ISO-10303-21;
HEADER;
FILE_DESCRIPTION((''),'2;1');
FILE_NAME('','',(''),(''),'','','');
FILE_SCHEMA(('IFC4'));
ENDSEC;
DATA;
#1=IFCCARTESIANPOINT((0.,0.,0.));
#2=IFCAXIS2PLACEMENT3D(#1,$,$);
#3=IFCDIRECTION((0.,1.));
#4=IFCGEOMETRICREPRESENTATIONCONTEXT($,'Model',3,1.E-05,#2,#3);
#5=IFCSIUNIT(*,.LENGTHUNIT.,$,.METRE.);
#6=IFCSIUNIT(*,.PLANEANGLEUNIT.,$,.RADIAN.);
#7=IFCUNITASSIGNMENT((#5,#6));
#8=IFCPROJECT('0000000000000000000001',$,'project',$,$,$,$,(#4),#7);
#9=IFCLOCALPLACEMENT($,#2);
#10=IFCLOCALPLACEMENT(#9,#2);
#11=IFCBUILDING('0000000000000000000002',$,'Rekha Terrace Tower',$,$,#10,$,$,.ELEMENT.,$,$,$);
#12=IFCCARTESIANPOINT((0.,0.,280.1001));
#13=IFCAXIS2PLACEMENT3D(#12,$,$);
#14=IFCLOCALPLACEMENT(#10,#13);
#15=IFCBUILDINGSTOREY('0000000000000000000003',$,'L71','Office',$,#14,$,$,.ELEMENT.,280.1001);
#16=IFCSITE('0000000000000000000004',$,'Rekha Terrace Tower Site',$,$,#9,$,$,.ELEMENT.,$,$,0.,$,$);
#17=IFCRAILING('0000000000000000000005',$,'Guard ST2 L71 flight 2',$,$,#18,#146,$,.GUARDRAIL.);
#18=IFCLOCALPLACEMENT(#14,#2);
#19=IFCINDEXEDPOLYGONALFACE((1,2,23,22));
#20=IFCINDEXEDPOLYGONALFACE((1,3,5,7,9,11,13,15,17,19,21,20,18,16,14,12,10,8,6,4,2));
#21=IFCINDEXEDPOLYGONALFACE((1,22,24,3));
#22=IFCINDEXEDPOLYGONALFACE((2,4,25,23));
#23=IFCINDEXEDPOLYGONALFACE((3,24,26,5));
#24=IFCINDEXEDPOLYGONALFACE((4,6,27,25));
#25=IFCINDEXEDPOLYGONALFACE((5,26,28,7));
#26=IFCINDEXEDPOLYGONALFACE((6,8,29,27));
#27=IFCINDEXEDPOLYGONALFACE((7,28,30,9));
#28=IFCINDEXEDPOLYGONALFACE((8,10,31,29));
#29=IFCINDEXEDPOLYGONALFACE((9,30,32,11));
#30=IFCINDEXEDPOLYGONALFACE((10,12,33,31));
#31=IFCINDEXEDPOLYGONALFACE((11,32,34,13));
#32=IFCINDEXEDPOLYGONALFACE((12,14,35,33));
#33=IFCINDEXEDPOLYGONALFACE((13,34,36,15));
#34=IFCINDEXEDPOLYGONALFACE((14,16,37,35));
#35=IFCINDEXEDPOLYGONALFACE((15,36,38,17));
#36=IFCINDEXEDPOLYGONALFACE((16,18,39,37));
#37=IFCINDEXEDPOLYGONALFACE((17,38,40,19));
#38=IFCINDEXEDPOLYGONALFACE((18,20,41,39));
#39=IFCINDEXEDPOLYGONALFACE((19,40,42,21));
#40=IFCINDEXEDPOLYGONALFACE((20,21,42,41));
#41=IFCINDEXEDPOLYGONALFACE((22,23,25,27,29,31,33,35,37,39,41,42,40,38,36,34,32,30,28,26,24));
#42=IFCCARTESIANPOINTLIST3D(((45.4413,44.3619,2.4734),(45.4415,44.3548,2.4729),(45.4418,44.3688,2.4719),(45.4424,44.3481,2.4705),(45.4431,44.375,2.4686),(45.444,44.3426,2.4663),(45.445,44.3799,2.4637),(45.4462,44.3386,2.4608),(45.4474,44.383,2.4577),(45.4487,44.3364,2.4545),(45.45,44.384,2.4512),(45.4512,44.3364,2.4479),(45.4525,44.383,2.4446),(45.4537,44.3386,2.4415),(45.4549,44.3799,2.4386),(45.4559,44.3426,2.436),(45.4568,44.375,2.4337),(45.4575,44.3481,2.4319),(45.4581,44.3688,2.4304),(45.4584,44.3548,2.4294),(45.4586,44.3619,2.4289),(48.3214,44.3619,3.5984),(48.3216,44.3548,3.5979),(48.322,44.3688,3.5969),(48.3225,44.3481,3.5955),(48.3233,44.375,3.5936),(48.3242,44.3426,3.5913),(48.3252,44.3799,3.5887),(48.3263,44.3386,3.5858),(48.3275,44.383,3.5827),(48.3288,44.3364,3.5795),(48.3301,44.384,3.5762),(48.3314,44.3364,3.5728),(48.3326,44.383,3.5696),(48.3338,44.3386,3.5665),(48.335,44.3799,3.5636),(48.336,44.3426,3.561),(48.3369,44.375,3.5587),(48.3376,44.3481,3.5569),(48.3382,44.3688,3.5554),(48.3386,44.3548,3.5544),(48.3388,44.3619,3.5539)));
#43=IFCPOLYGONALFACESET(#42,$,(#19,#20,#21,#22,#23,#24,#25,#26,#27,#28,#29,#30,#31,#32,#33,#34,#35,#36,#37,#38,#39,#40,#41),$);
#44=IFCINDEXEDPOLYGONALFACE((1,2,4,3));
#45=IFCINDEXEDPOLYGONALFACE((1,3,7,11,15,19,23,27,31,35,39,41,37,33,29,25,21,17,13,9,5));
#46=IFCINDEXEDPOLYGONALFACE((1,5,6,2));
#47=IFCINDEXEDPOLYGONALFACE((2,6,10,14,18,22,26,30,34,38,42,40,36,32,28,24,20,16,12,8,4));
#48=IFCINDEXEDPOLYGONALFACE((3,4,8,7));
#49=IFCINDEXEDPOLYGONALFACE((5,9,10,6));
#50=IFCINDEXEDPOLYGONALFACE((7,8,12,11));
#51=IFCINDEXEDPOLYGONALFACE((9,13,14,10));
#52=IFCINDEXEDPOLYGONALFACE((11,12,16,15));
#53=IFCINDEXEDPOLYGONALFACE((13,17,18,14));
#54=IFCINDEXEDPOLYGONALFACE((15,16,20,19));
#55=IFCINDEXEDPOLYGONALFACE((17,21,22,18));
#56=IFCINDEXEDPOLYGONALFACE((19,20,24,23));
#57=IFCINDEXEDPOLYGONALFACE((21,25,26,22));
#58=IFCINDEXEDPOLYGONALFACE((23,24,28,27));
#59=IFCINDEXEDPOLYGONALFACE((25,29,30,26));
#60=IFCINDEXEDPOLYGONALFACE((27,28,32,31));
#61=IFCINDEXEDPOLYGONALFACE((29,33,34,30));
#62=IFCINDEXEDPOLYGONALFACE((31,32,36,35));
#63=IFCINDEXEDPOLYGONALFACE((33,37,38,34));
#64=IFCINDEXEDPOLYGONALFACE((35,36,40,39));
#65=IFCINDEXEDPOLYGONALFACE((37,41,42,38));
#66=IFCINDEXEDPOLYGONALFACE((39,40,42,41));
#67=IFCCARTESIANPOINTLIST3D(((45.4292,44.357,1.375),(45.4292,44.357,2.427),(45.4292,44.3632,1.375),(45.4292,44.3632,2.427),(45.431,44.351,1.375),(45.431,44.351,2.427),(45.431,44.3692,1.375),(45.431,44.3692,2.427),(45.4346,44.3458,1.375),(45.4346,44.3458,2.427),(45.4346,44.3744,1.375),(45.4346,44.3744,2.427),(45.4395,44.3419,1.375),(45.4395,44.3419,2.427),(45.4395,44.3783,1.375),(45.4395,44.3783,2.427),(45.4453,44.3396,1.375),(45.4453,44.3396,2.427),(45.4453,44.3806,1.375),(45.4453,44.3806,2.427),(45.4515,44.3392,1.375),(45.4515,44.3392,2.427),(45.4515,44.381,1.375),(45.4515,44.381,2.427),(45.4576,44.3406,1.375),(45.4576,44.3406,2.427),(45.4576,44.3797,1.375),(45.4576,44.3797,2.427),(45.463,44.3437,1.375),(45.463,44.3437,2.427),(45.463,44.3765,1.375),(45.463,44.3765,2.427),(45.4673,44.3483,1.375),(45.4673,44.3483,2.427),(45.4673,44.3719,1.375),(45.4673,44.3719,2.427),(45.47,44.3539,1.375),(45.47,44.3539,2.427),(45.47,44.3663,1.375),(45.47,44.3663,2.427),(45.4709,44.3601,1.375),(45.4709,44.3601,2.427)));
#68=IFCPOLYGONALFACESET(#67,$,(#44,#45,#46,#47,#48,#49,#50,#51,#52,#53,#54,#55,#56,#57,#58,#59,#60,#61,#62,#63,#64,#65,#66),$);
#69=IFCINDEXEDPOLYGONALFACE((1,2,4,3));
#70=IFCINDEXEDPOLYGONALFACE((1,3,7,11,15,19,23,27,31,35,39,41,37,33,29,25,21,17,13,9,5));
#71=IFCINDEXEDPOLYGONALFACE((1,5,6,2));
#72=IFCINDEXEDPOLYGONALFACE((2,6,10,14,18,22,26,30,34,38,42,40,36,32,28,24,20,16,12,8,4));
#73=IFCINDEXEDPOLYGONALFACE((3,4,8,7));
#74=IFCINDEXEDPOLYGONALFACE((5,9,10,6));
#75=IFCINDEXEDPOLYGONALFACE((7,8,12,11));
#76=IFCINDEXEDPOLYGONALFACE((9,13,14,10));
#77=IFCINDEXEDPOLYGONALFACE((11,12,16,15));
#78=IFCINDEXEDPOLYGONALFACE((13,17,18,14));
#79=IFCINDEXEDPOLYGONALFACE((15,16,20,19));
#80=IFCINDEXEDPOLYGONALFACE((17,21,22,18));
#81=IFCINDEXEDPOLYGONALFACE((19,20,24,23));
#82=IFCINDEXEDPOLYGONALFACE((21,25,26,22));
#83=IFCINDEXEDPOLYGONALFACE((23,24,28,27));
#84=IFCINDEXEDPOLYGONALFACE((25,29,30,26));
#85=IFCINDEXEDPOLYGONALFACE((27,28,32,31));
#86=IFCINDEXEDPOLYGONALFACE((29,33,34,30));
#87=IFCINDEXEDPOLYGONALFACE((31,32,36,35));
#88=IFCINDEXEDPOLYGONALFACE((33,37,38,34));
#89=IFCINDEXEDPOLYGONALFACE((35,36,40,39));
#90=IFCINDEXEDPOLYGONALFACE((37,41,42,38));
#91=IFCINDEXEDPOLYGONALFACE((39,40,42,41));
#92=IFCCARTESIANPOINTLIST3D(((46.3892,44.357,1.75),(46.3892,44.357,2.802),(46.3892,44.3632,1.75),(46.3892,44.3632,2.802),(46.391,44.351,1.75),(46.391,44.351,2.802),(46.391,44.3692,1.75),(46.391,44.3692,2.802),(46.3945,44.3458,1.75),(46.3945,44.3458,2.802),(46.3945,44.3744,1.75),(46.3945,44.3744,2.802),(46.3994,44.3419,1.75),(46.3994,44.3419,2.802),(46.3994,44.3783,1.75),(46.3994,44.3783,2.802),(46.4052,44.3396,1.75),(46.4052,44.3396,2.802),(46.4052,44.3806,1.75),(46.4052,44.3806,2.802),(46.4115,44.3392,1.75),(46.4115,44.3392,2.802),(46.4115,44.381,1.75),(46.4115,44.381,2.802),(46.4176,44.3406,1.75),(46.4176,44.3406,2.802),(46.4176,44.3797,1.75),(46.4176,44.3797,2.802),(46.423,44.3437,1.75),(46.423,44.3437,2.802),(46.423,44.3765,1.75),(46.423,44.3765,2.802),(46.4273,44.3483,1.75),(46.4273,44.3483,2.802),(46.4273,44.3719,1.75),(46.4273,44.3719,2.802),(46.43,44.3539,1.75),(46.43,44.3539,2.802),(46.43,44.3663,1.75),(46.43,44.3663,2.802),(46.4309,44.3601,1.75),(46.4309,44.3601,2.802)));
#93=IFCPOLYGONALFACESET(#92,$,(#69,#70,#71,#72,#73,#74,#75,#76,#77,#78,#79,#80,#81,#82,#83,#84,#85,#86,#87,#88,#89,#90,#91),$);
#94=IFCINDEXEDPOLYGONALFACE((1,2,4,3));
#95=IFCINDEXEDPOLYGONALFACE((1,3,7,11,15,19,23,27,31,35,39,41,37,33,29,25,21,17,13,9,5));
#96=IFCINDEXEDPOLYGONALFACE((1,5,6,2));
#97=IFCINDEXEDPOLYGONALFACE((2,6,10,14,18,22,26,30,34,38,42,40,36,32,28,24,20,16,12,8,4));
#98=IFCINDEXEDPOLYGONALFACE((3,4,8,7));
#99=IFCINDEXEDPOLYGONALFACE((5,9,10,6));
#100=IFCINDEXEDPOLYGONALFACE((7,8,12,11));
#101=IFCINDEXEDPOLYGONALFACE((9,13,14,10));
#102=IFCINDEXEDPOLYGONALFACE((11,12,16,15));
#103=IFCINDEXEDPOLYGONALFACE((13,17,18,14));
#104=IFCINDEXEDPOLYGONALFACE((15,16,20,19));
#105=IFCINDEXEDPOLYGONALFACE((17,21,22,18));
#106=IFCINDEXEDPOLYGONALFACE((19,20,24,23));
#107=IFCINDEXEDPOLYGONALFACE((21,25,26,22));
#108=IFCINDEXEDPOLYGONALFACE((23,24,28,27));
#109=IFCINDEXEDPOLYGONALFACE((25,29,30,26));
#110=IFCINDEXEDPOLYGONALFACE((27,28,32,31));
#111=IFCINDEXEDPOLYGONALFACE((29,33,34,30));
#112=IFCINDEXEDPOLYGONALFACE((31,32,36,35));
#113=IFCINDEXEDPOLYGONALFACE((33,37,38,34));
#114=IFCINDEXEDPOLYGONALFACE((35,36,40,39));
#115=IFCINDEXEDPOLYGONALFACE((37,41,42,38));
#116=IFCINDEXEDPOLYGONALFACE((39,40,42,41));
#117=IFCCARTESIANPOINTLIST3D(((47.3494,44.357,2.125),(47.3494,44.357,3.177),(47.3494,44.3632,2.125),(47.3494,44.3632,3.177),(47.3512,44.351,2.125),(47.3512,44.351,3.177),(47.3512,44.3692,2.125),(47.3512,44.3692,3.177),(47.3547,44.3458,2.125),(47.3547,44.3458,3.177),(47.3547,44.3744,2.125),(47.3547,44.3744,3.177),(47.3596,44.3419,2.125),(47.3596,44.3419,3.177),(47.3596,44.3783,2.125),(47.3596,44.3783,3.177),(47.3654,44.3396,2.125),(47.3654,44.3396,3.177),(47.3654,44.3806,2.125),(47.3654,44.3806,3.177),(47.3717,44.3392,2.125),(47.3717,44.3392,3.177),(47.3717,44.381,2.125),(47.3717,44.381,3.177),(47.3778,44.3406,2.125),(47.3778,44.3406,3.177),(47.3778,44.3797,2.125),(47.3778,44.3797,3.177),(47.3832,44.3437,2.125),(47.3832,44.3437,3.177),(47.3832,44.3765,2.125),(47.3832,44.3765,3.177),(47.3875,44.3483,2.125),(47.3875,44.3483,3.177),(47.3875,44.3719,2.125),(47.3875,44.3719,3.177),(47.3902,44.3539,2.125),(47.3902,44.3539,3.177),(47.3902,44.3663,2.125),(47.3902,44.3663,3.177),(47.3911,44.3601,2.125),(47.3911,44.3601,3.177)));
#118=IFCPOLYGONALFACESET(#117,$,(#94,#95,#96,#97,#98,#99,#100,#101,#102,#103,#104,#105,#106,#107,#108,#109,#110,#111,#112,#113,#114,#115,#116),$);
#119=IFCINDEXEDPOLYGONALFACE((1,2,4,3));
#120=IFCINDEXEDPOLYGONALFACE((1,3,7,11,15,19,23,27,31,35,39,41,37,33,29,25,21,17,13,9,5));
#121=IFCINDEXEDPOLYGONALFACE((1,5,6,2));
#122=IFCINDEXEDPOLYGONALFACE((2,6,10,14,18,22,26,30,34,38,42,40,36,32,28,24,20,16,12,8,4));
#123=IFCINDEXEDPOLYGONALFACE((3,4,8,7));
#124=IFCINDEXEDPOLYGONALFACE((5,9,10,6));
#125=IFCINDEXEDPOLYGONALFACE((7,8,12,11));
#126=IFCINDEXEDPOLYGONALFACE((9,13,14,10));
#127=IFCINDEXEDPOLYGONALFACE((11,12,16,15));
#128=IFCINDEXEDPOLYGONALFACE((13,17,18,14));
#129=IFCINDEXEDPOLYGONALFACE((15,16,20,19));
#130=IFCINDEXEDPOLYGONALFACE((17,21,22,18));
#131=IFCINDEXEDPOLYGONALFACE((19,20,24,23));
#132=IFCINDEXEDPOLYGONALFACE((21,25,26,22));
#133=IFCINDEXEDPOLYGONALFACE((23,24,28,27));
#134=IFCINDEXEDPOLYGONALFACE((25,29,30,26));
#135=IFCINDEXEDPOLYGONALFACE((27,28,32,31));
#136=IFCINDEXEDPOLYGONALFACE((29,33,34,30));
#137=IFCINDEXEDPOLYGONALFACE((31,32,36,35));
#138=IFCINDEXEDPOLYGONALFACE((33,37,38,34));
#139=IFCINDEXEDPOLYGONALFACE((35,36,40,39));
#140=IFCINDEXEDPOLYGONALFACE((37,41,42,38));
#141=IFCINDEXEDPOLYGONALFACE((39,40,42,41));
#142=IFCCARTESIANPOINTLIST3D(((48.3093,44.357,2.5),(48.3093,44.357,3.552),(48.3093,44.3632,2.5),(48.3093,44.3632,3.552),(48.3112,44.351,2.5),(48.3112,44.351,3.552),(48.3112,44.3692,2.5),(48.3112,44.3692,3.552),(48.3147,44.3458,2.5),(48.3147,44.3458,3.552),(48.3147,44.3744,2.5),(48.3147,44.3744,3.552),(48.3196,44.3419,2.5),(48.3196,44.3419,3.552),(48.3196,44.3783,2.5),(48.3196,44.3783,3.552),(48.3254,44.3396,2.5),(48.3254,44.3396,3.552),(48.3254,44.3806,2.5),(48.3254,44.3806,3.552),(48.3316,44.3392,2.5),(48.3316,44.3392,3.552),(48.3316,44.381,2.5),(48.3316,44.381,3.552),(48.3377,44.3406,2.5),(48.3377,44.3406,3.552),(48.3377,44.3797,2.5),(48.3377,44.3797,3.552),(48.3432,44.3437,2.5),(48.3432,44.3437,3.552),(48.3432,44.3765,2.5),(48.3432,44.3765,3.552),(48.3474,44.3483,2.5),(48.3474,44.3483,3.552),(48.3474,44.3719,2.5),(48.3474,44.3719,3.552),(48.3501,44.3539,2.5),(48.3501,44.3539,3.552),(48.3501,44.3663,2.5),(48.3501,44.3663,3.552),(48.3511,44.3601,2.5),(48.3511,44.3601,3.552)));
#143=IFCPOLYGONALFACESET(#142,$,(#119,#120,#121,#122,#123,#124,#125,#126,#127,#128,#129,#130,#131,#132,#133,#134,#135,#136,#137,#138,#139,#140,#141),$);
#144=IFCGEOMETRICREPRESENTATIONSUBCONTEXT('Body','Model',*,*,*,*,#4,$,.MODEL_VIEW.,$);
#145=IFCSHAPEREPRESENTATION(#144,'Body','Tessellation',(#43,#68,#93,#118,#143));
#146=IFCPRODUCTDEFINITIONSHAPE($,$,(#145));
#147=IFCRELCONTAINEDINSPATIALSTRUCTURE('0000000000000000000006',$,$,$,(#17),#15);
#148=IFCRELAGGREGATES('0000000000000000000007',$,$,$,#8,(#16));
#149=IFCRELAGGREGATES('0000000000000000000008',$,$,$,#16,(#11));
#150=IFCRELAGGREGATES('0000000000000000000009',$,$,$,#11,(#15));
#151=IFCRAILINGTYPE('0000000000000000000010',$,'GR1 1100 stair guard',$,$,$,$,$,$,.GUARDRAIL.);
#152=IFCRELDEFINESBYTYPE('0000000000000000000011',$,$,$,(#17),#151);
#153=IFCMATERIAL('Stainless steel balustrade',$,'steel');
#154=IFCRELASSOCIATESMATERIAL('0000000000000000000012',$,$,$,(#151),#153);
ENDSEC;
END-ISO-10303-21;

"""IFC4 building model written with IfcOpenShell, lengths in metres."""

from ifc_helpers import new_model, si_unit, direction, frame, origin, origin_2d, place, context, subcontext, project, spatial, circle, extrude, material, type_object, element, save


model = new_model("IFC4")

# Units and contexts
model_context = context("Model", 3, precision=1e-05, world=origin(), true_north=direction((0.0, 1.0)))
body_context = subcontext(model_context, "Body", "Model", "MODEL_VIEW")
ifc_project = project(units=[si_unit("LENGTHUNIT", "METRE"), si_unit("PLANEANGLEUNIT", "RADIAN")], contexts=[model_context])

# Site, building, storey
site_placement = place(None, origin())
site = spatial("IfcSite", under=ifc_project, at=site_placement, Name="Rekha Terrace Tower Site", CompositionType="ELEMENT", RefElevation=0.0)
building_placement = place(site_placement, origin())
building = spatial("IfcBuilding", under=site, at=building_placement, Name="Rekha Terrace Tower", CompositionType="ELEMENT")
storey_placement = place(building_placement, frame((0.0, 0.0, 280.1001)))
storey = spatial("IfcBuildingStorey", under=building, at=storey_placement, Name="L71", Description="Office", CompositionType="ELEMENT", Elevation=280.1001)

# Railing
ifc_material_1 = material(Name="Stainless steel balustrade", Category="steel")
railing_type_1 = type_object("IfcRailingType", Name="GR1 1100 stair guard", PredefinedType="GUARDRAIL", material=ifc_material_1)
railing_1_placement = place(storey_placement, frame((45.45, 44.3601, 1.375)))
element("IfcRailing", 1, at=railing_1_placement, inside=storey, type_object=railing_type_1, Name="Guard ST2 L71 flight 2", PredefinedType="GUARDRAIL", context=body_context, shape_type="SweptSolid", body=[
    extrude(circle(Radius=0.0239, at=origin_2d()), frame((0.0, 0.0, 1.0762), z_axis=(0.931463, 0.0, 0.363837), x_axis=(0.0, 1.0, 0.0)), (0.0, 0.0, 1.0), 3.092),
    extrude(circle(Radius=0.021, at=origin_2d()), origin(), (0.0, 0.0, 1.0), 1.052),
    extrude(circle(Radius=0.021, at=origin_2d()), frame((0.96, 0.0, 0.375)), (0.0, 0.0, 1.0), 1.052),
    extrude(circle(Radius=0.021, at=origin_2d()), frame((1.9202, 0.0, 0.75)), (0.0, 0.0, 1.0), 1.052),
    extrude(circle(Radius=0.021, at=origin_2d()), frame((2.8801, 0.0, 1.125)), (0.0, 0.0, 1.0), 1.052),
])

save(model, "model.ifc")
